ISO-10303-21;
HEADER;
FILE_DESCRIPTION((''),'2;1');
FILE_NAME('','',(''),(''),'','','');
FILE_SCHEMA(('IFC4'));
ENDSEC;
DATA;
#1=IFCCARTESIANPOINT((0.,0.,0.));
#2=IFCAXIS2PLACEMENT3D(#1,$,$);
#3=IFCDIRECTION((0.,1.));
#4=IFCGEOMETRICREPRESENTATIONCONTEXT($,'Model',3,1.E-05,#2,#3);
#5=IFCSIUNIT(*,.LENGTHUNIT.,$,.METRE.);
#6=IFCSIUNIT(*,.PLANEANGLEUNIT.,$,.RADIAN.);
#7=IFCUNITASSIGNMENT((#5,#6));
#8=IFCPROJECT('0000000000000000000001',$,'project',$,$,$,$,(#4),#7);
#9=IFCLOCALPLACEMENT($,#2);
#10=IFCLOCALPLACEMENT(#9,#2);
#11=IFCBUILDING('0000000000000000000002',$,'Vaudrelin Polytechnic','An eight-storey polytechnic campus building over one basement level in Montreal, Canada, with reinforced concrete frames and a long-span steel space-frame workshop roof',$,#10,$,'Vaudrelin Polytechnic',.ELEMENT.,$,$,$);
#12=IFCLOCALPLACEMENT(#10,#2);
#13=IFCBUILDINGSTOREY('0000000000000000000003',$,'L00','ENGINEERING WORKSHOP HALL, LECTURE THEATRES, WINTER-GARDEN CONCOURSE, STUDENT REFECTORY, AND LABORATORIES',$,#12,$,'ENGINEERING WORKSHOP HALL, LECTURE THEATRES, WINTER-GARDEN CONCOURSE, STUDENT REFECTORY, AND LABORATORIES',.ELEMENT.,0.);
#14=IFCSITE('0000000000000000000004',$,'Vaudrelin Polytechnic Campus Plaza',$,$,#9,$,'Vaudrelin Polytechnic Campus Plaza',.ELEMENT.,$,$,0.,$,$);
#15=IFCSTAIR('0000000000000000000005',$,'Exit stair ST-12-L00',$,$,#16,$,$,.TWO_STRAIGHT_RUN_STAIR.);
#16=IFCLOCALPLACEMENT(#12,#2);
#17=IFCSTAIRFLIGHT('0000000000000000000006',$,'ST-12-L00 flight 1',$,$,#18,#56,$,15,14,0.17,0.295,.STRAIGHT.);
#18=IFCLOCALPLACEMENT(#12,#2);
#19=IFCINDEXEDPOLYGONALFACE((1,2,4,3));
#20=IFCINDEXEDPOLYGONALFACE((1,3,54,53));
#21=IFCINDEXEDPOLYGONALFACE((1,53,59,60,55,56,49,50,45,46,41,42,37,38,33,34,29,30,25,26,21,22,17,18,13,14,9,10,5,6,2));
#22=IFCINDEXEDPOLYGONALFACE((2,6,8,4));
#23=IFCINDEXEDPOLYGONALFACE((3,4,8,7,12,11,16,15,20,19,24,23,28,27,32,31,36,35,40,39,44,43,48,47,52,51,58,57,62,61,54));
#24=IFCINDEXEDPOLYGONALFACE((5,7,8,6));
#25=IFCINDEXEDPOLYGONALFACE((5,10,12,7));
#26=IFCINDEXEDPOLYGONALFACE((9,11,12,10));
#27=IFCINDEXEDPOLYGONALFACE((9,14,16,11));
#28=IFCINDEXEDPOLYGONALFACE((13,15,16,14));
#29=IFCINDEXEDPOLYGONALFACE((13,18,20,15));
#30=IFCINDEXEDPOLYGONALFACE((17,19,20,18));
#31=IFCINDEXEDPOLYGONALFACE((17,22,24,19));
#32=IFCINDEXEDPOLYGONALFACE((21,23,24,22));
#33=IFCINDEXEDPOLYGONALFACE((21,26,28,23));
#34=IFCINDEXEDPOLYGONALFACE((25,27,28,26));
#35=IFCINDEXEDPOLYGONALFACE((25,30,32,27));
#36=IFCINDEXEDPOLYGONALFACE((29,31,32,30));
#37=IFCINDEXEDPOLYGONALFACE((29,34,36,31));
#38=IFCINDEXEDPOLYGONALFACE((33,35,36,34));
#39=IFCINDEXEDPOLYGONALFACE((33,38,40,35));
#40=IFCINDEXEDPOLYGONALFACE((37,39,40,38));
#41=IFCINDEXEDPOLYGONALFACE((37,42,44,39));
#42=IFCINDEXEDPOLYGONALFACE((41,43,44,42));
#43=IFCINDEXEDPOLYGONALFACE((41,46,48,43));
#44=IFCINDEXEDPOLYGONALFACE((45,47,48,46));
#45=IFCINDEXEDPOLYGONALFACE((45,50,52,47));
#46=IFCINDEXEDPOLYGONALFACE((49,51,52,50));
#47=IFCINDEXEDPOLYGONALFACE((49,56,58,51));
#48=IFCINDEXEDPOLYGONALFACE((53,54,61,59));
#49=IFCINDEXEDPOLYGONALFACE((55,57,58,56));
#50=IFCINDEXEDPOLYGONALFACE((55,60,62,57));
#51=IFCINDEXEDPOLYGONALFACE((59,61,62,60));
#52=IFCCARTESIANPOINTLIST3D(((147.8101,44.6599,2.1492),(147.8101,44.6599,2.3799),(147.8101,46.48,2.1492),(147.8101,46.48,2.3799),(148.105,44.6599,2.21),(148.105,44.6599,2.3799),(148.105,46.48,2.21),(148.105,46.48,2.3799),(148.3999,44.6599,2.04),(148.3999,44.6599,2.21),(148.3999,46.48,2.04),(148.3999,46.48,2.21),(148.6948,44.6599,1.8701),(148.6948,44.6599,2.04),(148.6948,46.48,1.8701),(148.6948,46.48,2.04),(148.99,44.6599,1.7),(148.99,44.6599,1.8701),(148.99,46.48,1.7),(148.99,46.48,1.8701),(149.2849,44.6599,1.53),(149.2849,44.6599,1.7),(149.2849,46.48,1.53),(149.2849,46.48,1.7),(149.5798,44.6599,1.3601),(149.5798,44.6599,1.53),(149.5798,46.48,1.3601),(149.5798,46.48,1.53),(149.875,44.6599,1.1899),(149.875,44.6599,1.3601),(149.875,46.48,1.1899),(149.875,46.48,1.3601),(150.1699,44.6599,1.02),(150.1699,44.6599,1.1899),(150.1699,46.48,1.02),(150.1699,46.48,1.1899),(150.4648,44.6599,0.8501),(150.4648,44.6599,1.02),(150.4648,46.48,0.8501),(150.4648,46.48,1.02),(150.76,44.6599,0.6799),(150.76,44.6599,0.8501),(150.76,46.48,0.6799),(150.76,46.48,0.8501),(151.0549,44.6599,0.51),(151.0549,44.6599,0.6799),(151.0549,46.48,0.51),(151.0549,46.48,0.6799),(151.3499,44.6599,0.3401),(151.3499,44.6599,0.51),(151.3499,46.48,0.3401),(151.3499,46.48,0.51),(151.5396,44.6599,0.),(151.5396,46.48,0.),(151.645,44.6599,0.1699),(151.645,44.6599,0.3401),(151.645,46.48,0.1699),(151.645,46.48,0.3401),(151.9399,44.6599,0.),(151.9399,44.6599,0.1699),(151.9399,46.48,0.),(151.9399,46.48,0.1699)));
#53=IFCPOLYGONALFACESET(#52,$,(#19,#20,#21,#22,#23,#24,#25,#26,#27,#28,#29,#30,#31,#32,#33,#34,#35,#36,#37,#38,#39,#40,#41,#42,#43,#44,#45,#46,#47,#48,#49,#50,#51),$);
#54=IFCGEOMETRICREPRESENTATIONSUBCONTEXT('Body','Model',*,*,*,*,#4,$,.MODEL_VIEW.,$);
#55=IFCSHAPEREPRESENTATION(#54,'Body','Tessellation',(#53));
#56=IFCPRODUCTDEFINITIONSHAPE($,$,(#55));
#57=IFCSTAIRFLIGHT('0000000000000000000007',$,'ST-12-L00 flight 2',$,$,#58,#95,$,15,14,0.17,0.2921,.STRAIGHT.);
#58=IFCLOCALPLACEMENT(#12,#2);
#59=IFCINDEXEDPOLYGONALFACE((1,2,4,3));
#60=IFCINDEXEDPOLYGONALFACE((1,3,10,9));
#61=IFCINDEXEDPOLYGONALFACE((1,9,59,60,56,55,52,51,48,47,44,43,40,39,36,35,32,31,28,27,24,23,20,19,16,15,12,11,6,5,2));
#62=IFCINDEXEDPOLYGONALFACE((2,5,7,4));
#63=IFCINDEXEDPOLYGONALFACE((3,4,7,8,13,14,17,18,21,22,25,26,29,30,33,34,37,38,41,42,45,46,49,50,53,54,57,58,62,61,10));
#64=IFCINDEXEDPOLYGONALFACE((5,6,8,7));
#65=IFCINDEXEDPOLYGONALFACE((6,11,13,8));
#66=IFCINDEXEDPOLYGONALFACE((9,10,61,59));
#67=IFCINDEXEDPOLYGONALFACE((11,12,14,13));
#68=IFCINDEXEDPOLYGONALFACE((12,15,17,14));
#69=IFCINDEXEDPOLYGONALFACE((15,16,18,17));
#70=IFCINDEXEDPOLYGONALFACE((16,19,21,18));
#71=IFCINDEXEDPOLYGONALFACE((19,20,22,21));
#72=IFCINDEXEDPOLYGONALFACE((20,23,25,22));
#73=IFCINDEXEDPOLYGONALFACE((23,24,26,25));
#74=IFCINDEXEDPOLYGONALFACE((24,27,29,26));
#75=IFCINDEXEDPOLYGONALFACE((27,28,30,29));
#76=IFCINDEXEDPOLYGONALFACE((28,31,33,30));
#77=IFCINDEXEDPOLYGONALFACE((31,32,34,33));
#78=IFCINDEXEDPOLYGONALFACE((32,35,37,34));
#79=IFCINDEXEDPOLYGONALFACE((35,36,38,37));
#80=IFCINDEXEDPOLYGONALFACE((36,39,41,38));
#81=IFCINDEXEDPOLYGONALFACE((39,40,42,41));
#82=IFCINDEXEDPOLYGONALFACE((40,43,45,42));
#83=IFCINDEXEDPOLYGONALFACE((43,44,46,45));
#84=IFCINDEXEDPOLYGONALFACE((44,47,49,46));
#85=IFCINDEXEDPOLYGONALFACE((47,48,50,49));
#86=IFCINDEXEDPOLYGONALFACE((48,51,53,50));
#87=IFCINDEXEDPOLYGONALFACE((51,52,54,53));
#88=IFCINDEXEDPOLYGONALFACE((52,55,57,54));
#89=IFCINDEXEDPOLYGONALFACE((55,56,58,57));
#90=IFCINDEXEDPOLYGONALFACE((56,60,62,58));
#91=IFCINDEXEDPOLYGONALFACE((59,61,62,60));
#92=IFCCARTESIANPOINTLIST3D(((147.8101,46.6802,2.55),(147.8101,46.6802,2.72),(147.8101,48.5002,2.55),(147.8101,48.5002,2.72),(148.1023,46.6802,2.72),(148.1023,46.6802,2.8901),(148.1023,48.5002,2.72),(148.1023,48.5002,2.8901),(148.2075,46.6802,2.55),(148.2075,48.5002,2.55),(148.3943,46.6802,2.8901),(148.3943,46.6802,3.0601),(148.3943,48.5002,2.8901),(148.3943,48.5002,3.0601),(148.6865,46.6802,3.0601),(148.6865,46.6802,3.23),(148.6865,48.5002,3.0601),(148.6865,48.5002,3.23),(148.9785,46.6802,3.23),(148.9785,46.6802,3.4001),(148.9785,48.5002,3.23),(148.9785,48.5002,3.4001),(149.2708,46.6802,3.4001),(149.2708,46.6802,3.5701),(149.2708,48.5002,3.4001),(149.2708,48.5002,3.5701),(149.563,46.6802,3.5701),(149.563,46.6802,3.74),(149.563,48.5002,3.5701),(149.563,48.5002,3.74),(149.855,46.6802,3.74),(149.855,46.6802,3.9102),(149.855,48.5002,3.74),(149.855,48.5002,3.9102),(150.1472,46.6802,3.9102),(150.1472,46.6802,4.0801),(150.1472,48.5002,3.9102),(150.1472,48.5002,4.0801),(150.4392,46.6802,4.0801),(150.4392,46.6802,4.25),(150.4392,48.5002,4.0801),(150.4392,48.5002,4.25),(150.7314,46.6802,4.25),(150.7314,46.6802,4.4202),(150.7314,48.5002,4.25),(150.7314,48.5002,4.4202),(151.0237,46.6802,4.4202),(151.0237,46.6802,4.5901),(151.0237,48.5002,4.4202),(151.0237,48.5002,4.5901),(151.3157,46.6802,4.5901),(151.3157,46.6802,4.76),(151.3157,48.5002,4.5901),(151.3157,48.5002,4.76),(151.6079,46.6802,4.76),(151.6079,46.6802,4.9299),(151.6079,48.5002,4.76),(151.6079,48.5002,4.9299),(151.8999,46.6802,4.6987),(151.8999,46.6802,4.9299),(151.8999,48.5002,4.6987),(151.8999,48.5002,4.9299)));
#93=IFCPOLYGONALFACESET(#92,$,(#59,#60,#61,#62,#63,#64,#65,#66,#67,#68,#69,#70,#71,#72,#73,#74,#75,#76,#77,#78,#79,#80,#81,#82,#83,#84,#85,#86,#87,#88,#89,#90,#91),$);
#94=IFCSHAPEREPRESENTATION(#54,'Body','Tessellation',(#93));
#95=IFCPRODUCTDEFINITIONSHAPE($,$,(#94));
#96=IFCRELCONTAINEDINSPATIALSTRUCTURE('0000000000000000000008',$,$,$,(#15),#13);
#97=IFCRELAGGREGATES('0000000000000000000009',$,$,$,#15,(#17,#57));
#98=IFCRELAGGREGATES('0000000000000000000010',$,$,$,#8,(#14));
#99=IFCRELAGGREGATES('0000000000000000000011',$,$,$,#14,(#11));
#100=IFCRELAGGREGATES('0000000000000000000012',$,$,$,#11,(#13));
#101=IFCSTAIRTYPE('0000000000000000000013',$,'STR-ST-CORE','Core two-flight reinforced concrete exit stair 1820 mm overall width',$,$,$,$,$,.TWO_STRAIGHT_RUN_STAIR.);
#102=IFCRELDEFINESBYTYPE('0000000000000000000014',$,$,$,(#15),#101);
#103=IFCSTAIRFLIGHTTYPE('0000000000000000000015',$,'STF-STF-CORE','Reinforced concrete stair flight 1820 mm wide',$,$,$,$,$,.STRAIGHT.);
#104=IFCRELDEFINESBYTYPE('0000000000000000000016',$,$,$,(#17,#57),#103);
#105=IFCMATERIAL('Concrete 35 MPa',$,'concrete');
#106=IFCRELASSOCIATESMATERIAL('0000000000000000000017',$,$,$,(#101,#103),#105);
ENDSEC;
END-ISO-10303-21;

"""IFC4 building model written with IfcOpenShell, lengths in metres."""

from ifc_helpers import new_model, si_unit, direction, frame, origin, place, context, subcontext, project, spatial, polyline, outline, extrude, material, type_object, element, aggregate, save


model = new_model("IFC4")

# Units and contexts
model_context = context("Model", 3, precision=1e-05, world=origin(), true_north=direction((0.0, 1.0)))
body_context = subcontext(model_context, "Body", "Model", "MODEL_VIEW")
ifc_project = project(units=[si_unit("LENGTHUNIT", "METRE"), si_unit("PLANEANGLEUNIT", "RADIAN")], contexts=[model_context])

# Site, building, storey
site_placement = place(None, origin())
site = spatial("IfcSite", under=ifc_project, at=site_placement, Name="Vaudrelin Polytechnic Campus Plaza", LongName="Vaudrelin Polytechnic Campus Plaza", CompositionType="ELEMENT", RefElevation=0.0)
building_placement = place(site_placement, origin())
building = spatial("IfcBuilding", under=site, at=building_placement, Name="Vaudrelin Polytechnic", Description="An eight-storey polytechnic campus building over one basement level in Montreal, Canada, with reinforced concrete frames and a long-span steel space-frame workshop roof", LongName="Vaudrelin Polytechnic", CompositionType="ELEMENT")
storey_placement = place(building_placement, origin())
storey = spatial("IfcBuildingStorey", under=building, at=storey_placement, Name="L00", Description="ENGINEERING WORKSHOP HALL, LECTURE THEATRES, WINTER-GARDEN CONCOURSE, STUDENT REFECTORY, AND LABORATORIES", LongName="ENGINEERING WORKSHOP HALL, LECTURE THEATRES, WINTER-GARDEN CONCOURSE, STUDENT REFECTORY, AND LABORATORIES", CompositionType="ELEMENT", Elevation=0.0)

# Stair, stair flights
ifc_material_1 = material(Name="Concrete 35 MPa", Category="concrete")
stair_type = type_object("IfcStairType", Name="STR-ST-CORE", Description="Core two-flight reinforced concrete exit stair 1820 mm overall width", PredefinedType="TWO_STRAIGHT_RUN_STAIR", material=ifc_material_1)
stair_placement = place(storey_placement, origin())
stair = element("IfcStair", 1, at=stair_placement, inside=storey, type_object=stair_type, Name="Exit stair ST-12-L00", PredefinedType="TWO_STRAIGHT_RUN_STAIR")
stair_flight_type = type_object("IfcStairFlightType", Name="STF-STF-CORE", Description="Reinforced concrete stair flight 1820 mm wide", PredefinedType="STRAIGHT", material=ifc_material_1)
stair_flight_1_placement = place(storey_placement, frame((151.9399, 45.5701, 0.0), z_axis=(0.0, 0.0, 1.0), x_axis=(-1.0, 0.0, 0.0)))
stair_flight_1 = element("IfcStairFlight", 2, at=stair_flight_1_placement, type_object=stair_flight_type, Name="ST-12-L00 flight 1", NumberOfRisers=15, NumberOfTreads=14, PredefinedType="STRAIGHT", RiserHeight=0.17, TreadLength=0.295, context=body_context, shape_type="SweptSolid", body=[
    extrude(outline(polyline([(0.0, 0.0), (0.0, 0.1699), (0.2949, 0.1699), (0.2949, 0.3401), (0.5901, 0.3401), (0.5901, 0.51), (0.885, 0.51), (0.885, 0.6799), (1.1799, 0.6799), (1.1799, 0.8501), (1.4751, 0.8501), (1.4751, 1.02), (1.77, 1.02), (1.77, 1.1899), (2.0649, 1.1899), (2.0649, 1.3601), (2.3601, 1.3601), (2.3601, 1.53), (2.655, 1.53), (2.655, 1.7), (2.95, 1.7), (2.95, 1.8701), (3.2451, 1.8701), (3.2451, 2.04), (3.54, 2.04), (3.54, 2.21), (3.835, 2.21), (3.835, 2.3799), (4.1299, 2.3799), (4.1299, 2.55), (4.1299, 2.1492), (0.4004, 0.0), (0.0, 0.0)])), frame((0.0, 0.9102, 0.0), z_axis=(0.0, -1.0, 0.0), x_axis=(1.0, 0.0, 0.0)), (0.0, 0.0, 1.0), 1.8201),
])
stair_flight_2_placement = place(storey_placement, frame((147.8101, 47.5901, 2.55), z_axis=(0.0, 0.0, 1.0), x_axis=(1.0, 0.0, 0.0)))
stair_flight_2 = element("IfcStairFlight", 3, at=stair_flight_2_placement, type_object=stair_flight_type, Name="ST-12-L00 flight 2", NumberOfRisers=15, NumberOfTreads=14, PredefinedType="STRAIGHT", RiserHeight=0.17, TreadLength=0.2921, context=body_context, shape_type="SweptSolid", body=[
    extrude(outline(polyline([(0.0, 0.0), (0.0, 0.1699), (0.2922, 0.1699), (0.2922, 0.3401), (0.5842, 0.3401), (0.5842, 0.51), (0.8765, 0.51), (0.8765, 0.6799), (1.1685, 0.6799), (1.1685, 0.8501), (1.4607, 0.8501), (1.4607, 1.02), (1.7529, 1.02), (1.7529, 1.1899), (2.0449, 1.1899), (2.0449, 1.3601), (2.3372, 1.3601), (2.3372, 1.53), (2.6292, 1.53), (2.6292, 1.7), (2.9214, 1.7), (2.9214, 1.8701), (3.2136, 1.8701), (3.2136, 2.04), (3.5056, 2.04), (3.5056, 2.21), (3.7979, 2.21), (3.7979, 2.3799), (4.0898, 2.3799), (4.0898, 2.55), (4.0898, 2.1487), (0.3975, 0.0), (0.0, 0.0)])), frame((0.0, 0.9102, 0.0), z_axis=(0.0, -1.0, 0.0), x_axis=(1.0, 0.0, 0.0)), (0.0, 0.0, 1.0), 1.8201),
])
aggregate(stair, [stair_flight_1, stair_flight_2])

save(model, "model.ifc")
